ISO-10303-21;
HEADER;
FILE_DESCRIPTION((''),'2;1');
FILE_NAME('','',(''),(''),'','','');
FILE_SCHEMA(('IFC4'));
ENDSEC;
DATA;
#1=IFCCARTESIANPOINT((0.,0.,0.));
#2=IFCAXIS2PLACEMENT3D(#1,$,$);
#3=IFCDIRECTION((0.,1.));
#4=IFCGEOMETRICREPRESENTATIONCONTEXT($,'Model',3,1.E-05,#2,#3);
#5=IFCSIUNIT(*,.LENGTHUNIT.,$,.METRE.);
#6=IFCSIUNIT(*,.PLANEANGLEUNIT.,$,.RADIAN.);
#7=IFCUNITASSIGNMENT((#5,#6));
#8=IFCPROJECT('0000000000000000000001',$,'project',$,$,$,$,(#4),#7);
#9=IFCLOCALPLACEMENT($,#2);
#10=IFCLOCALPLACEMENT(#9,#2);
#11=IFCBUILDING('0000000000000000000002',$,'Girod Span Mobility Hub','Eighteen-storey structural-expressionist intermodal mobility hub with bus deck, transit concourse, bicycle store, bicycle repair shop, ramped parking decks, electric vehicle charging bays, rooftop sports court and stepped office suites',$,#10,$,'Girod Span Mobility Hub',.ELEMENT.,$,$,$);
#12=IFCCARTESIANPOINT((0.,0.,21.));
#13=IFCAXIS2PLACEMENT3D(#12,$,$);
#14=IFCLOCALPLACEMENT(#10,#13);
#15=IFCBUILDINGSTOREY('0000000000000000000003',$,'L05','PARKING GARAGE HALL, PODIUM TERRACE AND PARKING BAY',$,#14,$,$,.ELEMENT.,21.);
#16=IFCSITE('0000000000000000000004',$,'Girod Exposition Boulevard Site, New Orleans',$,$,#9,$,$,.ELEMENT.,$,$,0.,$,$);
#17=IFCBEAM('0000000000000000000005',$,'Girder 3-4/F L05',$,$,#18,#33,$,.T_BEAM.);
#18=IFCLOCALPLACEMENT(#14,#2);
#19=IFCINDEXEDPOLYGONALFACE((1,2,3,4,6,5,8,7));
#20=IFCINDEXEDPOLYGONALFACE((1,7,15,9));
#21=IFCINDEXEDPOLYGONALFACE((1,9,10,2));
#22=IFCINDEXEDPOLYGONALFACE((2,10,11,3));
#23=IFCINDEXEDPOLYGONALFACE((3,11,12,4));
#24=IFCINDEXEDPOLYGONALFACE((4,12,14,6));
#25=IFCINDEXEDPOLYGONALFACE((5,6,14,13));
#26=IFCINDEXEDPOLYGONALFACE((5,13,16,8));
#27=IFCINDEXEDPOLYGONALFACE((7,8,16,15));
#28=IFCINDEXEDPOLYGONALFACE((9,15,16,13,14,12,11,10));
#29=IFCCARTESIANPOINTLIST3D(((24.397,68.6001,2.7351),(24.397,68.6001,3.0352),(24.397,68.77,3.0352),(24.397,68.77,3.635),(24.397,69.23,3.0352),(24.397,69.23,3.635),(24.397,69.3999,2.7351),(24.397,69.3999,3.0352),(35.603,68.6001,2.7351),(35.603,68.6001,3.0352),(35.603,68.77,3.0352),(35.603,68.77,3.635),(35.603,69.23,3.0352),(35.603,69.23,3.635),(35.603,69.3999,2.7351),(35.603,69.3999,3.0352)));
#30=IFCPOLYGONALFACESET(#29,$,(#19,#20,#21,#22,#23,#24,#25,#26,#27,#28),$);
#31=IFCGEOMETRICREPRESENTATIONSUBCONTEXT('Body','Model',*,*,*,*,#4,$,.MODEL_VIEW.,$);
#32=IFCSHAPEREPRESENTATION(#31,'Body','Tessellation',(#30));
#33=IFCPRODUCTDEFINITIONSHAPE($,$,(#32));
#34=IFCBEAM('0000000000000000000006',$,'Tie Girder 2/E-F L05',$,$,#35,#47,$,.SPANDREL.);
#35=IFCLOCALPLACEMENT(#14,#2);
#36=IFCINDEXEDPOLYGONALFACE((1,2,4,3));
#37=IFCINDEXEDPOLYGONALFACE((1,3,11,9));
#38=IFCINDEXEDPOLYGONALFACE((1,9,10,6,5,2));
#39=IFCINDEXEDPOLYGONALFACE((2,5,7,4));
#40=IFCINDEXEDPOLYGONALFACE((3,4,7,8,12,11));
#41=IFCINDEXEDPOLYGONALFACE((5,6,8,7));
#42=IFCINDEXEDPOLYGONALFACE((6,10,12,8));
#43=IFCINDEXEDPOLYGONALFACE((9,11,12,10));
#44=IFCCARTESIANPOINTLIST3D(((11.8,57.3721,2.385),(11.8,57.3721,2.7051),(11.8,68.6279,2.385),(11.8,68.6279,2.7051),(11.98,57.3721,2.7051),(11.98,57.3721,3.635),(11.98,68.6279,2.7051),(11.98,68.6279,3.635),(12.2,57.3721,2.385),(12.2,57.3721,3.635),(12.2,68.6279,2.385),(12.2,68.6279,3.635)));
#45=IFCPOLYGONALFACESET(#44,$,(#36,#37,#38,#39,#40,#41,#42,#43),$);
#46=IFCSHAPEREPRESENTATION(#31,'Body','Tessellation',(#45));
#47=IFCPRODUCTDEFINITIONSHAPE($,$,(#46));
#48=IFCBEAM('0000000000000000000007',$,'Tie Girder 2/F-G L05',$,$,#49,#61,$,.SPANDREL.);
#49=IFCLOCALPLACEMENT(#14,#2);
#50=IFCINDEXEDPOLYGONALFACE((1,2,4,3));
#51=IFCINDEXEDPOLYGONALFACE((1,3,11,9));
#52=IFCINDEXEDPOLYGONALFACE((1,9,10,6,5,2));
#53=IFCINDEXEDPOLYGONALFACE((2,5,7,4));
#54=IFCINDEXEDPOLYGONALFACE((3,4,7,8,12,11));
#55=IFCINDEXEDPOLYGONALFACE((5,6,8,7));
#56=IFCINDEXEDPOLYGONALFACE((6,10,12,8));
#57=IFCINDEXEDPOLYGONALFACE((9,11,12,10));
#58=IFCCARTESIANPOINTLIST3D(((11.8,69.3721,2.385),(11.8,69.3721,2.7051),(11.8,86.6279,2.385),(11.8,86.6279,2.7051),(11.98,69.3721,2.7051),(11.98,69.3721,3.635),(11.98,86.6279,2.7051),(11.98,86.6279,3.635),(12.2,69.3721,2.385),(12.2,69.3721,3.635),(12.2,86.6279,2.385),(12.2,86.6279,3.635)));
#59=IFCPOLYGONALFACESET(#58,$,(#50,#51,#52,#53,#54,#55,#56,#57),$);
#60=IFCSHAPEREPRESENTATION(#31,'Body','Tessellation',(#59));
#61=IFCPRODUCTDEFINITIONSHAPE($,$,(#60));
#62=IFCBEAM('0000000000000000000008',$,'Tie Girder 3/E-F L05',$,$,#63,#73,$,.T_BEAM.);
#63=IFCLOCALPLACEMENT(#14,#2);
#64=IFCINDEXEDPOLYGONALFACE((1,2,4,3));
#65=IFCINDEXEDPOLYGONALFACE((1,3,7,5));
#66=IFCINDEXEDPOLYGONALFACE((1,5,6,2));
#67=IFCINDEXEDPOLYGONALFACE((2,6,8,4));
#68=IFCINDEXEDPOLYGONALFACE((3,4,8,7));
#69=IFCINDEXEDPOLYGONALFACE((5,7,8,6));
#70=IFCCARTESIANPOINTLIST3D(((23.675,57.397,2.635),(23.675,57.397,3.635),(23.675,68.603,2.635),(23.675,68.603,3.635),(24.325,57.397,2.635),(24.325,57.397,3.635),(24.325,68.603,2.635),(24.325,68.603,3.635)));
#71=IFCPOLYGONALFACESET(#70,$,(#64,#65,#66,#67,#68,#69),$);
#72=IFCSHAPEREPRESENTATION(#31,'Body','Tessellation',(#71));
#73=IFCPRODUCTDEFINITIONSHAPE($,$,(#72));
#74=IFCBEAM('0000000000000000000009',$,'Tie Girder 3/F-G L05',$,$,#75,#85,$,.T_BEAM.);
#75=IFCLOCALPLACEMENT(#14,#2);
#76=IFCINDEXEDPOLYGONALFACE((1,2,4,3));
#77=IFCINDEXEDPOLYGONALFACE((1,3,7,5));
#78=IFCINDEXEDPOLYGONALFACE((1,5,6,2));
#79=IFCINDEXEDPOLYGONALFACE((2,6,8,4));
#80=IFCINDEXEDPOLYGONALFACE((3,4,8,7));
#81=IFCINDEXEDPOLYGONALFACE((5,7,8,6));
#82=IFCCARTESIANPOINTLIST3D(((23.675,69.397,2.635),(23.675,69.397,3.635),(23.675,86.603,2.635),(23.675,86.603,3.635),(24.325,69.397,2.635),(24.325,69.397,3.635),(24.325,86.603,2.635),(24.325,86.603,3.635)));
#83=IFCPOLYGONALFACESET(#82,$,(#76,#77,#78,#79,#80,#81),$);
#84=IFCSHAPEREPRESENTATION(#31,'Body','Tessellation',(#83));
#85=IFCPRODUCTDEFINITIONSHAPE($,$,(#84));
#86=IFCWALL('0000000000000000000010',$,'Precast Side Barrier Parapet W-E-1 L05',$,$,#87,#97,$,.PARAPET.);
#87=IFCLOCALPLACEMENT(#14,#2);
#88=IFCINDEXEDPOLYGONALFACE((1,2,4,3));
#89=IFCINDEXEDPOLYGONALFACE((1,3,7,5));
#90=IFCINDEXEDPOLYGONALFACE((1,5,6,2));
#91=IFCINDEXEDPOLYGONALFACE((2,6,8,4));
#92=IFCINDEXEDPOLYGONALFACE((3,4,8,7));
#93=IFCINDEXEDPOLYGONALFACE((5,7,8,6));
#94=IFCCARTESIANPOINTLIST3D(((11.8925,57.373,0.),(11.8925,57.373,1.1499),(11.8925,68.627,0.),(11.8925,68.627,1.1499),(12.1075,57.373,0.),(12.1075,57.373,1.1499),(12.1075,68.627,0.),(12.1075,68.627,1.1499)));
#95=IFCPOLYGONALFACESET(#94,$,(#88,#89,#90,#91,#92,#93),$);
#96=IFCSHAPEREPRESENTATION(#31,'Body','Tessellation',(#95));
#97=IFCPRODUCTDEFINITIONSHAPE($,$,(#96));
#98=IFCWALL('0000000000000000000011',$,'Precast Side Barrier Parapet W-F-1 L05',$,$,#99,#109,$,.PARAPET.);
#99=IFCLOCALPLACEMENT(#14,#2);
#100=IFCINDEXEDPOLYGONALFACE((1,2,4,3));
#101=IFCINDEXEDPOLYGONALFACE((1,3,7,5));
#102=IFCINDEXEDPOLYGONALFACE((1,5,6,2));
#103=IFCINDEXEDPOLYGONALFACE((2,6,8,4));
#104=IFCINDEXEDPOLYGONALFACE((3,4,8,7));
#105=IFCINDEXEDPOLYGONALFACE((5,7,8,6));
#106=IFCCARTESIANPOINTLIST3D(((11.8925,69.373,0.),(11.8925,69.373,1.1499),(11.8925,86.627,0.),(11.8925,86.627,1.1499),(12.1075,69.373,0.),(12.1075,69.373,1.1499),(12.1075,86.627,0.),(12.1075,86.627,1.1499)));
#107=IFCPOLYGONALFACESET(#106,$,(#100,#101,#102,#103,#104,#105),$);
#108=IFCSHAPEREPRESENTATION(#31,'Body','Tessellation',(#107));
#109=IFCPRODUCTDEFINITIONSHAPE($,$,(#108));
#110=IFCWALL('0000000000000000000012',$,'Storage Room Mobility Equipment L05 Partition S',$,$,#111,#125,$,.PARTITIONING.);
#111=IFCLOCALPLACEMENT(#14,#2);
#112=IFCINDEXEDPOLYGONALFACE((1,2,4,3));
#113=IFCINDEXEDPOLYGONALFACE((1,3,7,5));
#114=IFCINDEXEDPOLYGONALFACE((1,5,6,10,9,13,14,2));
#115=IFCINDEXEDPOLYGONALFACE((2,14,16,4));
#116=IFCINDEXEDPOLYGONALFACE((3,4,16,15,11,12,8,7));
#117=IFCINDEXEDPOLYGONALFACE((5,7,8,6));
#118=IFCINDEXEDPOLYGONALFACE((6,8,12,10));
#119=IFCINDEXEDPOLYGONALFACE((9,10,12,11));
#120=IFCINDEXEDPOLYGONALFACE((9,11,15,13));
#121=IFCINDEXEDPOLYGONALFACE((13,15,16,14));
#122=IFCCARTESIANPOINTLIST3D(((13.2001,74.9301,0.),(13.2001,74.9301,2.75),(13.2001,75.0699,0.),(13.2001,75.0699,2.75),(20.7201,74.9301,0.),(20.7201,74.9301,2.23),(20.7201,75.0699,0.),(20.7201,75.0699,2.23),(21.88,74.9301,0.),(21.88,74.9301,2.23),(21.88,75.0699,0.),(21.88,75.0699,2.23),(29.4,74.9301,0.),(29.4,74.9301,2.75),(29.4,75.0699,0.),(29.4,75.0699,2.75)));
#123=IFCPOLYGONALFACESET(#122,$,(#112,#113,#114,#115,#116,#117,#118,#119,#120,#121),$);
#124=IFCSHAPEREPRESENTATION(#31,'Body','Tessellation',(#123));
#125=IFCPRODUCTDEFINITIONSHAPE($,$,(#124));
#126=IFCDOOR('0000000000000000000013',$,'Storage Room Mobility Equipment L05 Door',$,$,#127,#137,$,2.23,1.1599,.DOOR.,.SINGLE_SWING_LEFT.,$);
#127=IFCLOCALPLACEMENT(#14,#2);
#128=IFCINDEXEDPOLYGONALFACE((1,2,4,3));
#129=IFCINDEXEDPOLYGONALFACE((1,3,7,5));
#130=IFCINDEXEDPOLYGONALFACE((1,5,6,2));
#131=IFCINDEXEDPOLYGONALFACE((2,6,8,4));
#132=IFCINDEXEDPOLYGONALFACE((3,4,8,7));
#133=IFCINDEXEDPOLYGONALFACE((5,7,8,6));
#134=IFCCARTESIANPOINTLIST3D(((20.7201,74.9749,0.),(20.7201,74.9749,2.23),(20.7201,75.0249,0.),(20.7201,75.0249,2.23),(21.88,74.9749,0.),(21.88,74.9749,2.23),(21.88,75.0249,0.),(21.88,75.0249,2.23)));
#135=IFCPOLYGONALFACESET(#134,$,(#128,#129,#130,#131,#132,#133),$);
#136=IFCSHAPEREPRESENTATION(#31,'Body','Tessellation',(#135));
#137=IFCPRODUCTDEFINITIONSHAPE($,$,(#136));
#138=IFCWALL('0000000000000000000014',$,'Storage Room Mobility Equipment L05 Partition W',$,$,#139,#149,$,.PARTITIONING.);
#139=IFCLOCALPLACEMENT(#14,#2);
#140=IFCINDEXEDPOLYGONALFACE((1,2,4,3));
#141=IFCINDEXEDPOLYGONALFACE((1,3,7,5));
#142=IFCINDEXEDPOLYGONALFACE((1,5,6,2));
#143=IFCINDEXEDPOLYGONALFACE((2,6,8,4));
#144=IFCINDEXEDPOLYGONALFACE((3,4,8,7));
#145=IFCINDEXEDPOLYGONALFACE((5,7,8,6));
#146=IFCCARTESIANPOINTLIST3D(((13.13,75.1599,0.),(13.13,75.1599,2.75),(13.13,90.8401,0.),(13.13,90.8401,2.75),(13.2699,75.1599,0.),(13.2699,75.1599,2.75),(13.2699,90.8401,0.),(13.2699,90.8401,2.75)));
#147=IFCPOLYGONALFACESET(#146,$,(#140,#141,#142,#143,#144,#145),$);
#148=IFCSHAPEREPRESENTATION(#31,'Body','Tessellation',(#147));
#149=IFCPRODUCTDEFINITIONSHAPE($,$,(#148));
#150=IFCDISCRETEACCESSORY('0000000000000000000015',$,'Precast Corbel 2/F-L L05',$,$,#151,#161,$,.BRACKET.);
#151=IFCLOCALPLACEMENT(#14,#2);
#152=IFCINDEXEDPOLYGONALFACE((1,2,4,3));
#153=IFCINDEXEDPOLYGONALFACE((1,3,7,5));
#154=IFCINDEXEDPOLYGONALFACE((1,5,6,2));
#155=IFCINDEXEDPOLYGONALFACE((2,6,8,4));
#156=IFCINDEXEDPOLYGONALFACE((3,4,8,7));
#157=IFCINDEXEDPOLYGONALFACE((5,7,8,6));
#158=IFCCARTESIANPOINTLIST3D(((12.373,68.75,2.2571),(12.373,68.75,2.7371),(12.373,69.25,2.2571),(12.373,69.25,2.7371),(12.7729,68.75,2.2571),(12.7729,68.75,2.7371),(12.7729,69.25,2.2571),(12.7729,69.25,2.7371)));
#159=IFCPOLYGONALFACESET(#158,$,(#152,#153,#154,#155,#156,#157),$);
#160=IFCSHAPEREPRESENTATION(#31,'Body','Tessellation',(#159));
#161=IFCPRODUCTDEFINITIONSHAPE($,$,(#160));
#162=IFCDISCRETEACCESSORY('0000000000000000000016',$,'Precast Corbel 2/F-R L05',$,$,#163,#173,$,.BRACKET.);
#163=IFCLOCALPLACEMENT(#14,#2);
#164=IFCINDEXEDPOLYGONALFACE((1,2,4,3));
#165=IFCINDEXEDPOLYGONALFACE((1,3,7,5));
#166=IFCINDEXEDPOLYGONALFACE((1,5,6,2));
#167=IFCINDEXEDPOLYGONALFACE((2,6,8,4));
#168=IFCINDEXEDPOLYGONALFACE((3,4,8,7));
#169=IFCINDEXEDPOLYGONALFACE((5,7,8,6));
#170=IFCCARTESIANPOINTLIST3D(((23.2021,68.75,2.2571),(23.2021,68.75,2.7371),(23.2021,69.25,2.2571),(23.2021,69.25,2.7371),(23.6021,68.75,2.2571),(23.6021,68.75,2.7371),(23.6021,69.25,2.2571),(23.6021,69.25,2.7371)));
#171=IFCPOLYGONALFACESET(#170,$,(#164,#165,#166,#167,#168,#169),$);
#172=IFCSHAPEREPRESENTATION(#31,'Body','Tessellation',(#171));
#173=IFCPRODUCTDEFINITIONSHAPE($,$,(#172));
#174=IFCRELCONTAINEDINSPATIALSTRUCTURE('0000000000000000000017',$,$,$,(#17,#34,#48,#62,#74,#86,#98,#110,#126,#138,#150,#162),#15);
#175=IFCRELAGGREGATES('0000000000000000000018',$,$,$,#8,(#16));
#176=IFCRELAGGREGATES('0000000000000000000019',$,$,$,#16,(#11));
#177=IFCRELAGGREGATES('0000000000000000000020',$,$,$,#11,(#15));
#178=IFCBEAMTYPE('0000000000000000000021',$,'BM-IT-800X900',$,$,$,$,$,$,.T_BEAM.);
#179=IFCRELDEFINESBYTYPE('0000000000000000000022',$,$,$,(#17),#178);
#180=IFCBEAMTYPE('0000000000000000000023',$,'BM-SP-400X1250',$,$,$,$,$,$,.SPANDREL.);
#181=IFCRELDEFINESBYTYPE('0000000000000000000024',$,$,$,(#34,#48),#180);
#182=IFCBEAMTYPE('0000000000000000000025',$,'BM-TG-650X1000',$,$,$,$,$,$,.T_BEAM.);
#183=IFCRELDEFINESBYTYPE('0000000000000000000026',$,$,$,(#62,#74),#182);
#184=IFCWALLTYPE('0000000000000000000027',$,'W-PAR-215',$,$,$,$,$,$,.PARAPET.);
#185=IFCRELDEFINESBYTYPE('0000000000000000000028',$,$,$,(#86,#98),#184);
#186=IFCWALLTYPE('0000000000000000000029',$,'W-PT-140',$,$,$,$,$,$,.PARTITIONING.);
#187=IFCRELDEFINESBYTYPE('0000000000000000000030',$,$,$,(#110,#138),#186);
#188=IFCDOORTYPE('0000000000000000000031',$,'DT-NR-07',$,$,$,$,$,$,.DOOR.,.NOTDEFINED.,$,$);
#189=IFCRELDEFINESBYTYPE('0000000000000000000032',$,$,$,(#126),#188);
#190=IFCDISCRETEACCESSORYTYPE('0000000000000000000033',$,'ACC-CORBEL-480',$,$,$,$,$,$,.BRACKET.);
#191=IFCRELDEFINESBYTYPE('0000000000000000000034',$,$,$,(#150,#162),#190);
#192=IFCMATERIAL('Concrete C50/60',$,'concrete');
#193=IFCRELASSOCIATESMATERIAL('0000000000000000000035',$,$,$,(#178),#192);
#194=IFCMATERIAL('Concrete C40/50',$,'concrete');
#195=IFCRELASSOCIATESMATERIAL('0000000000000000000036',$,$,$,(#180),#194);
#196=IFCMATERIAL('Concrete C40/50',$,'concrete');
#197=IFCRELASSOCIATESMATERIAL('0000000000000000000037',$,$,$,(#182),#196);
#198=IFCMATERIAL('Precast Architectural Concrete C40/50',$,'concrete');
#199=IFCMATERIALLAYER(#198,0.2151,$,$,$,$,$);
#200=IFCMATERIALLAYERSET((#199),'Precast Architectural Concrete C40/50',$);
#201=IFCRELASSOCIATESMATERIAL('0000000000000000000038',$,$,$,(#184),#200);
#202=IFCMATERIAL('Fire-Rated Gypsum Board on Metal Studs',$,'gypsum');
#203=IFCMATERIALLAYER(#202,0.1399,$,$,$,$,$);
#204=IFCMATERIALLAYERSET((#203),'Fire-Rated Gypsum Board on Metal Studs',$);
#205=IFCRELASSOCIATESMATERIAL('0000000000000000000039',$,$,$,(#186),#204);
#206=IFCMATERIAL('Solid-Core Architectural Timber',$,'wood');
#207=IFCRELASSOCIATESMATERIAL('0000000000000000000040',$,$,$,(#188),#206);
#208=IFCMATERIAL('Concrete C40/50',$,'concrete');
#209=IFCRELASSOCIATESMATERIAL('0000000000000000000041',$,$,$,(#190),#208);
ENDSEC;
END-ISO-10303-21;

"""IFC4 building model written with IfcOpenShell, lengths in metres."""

from ifc_helpers import new_model, si_unit, direction, frame, frame_2d, origin, origin_2d, place, context, subcontext, project, spatial, polyline, rectangle, outline, extrude, material, layer, layer_set, material_profile, profile_set, type_object, element, fill, save


model = new_model("IFC4")

# Units and contexts
model_context = context("Model", 3, precision=1e-05, world=origin(), true_north=direction((0.0, 1.0)))
body_context = subcontext(model_context, "Body", "Model", "MODEL_VIEW")
ifc_project = project(units=[si_unit("LENGTHUNIT", "METRE"), si_unit("PLANEANGLEUNIT", "RADIAN")], contexts=[model_context])

# Site, building, storey
site_placement = place(None, origin())
site = spatial("IfcSite", under=ifc_project, at=site_placement, Name="Girod Exposition Boulevard Site, New Orleans", CompositionType="ELEMENT", RefElevation=0.0)
building_placement = place(site_placement, origin())
building = spatial("IfcBuilding", under=site, at=building_placement, Name="Girod Span Mobility Hub", Description="Eighteen-storey structural-expressionist intermodal mobility hub with bus deck, transit concourse, bicycle store, bicycle repair shop, ramped parking decks, electric vehicle charging bays, rooftop sports court and stepped office suites", LongName="Girod Span Mobility Hub", CompositionType="ELEMENT")
storey_placement = place(building_placement, frame((0.0, 0.0, 21.0)))
storey = spatial("IfcBuildingStorey", under=building, at=storey_placement, Name="L05", Description="PARKING GARAGE HALL, PODIUM TERRACE AND PARKING BAY", CompositionType="ELEMENT", Elevation=21.0)

# Beams
ifc_material_1 = material(Name="Concrete C50/60", Category="concrete")
ifc_material_profile_1 = material_profile(ifc_material_1, outline(polyline([(-0.3999, -0.45), (0.3999, -0.45), (0.3999, -0.1499), (0.23, -0.1499), (0.23, 0.45), (-0.23, 0.45), (-0.23, -0.1499), (-0.3999, -0.1499), (-0.3999, -0.45)])), Name="IT-800X900")
ifc_profile_set_1 = profile_set([ifc_material_profile_1], Name="Concrete C50/60")
beam_type_1 = type_object("IfcBeamType", Name="BM-IT-800X900", PredefinedType="T_BEAM", material=ifc_profile_set_1)
beam_1_placement = place(storey_placement, frame((24.397, 69.0, 3.1851), z_axis=(1.0, 0.0, 0.0), x_axis=(0.0, 1.0, 0.0)))
element("IfcBeam", 1, at=beam_1_placement, inside=storey, type_object=beam_type_1, Name="Girder 3-4/F L05", PredefinedType="T_BEAM", context=body_context, shape_type="SweptSolid", body=[
    extrude(outline(polyline([(-0.3999, -0.45), (0.3999, -0.45), (0.3999, -0.1499), (0.23, -0.1499), (0.23, 0.45), (-0.23, 0.45), (-0.23, -0.1499), (-0.3999, -0.1499), (-0.3999, -0.45)])), origin(), (0.0, 0.0, 1.0), 11.2061),
])
ifc_material_2 = material(Name="Concrete C40/50", Category="concrete")
ifc_material_profile_2 = material_profile(ifc_material_2, outline(polyline([(-0.2, -0.625), (0.2, -0.625), (0.2, -0.3049), (0.02, -0.3049), (0.02, 0.625), (-0.2, 0.625), (-0.2, -0.625)])), Name="SP-400X1250")
ifc_profile_set_2 = profile_set([ifc_material_profile_2], Name="Concrete C40/50")
beam_type_2 = type_object("IfcBeamType", Name="BM-SP-400X1250", PredefinedType="SPANDREL", material=ifc_profile_set_2)
beam_2_placement = place(storey_placement, frame((12.0, 57.3721, 3.01), z_axis=(0.0, 1.0, 0.0), x_axis=(-1.0, 0.0, 0.0)))
element("IfcBeam", 2, at=beam_2_placement, inside=storey, type_object=beam_type_2, Name="Tie Girder 2/E-F L05", PredefinedType="SPANDREL", context=body_context, shape_type="SweptSolid", body=[
    extrude(outline(polyline([(-0.2, -0.625), (0.2, -0.625), (0.2, -0.3049), (0.02, -0.3049), (0.02, 0.625), (-0.2, 0.625), (-0.2, -0.625)])), origin(), (0.0, 0.0, 1.0), 11.2559),
])
beam_3_placement = place(storey_placement, frame((12.0, 69.3721, 3.01), z_axis=(0.0, 1.0, 0.0), x_axis=(-1.0, 0.0, 0.0)))
element("IfcBeam", 3, at=beam_3_placement, inside=storey, type_object=beam_type_2, Name="Tie Girder 2/F-G L05", PredefinedType="SPANDREL", context=body_context, shape_type="SweptSolid", body=[
    extrude(outline(polyline([(-0.2, -0.625), (0.2, -0.625), (0.2, -0.3049), (0.02, -0.3049), (0.02, 0.625), (-0.2, 0.625), (-0.2, -0.625)])), origin(), (0.0, 0.0, 1.0), 17.2559),
])
ifc_material_3 = material(Name="Concrete C40/50", Category="concrete")
ifc_material_profile_3 = material_profile(ifc_material_3, rectangle(XDim=0.6499, YDim=1.0, at=origin_2d()), Name="TG-650X1000")
ifc_profile_set_3 = profile_set([ifc_material_profile_3], Name="Concrete C40/50")
beam_type_3 = type_object("IfcBeamType", Name="BM-TG-650X1000", PredefinedType="T_BEAM", material=ifc_profile_set_3)
beam_4_placement = place(storey_placement, frame((24.0, 57.397, 3.135), z_axis=(0.0, 1.0, 0.0), x_axis=(-1.0, 0.0, 0.0)))
element("IfcBeam", 4, at=beam_4_placement, inside=storey, type_object=beam_type_3, Name="Tie Girder 3/E-F L05", PredefinedType="T_BEAM", context=body_context, shape_type="SweptSolid", body=[
    extrude(rectangle(XDim=0.6499, YDim=1.0, at=origin_2d()), origin(), (0.0, 0.0, 1.0), 11.2061),
])
beam_5_placement = place(storey_placement, frame((24.0, 69.397, 3.135), z_axis=(0.0, 1.0, 0.0), x_axis=(-1.0, 0.0, 0.0)))
element("IfcBeam", 5, at=beam_5_placement, inside=storey, type_object=beam_type_3, Name="Tie Girder 3/F-G L05", PredefinedType="T_BEAM", context=body_context, shape_type="SweptSolid", body=[
    extrude(rectangle(XDim=0.6499, YDim=1.0, at=origin_2d()), origin(), (0.0, 0.0, 1.0), 17.2061),
])

# Walls
ifc_material_4 = material(Name="Precast Architectural Concrete C40/50", Category="concrete")
ifc_layer_1 = layer(ifc_material_4, 0.2151)
ifc_layer_set_1 = layer_set([ifc_layer_1], Name="Precast Architectural Concrete C40/50")
wall_type_1 = type_object("IfcWallType", Name="W-PAR-215", PredefinedType="PARAPET", material=ifc_layer_set_1)
wall_1_placement = place(storey_placement, frame((12.0, 57.373, 0.0), z_axis=(0.0, 0.0, 1.0), x_axis=(0.0, 1.0, 0.0)))
element("IfcWall", 6, at=wall_1_placement, inside=storey, type_object=wall_type_1, Name="Precast Side Barrier Parapet W-E-1 L05", PredefinedType="PARAPET", context=body_context, shape_type="SweptSolid", body=[
    extrude(rectangle(XDim=11.2539, YDim=0.2151, at=frame_2d((5.627, 0.0))), origin(), (0.0, 0.0, 1.0), 1.1499),
])
wall_2_placement = place(storey_placement, frame((12.0, 69.373, 0.0), z_axis=(0.0, 0.0, 1.0), x_axis=(0.0, 1.0, 0.0)))
element("IfcWall", 7, at=wall_2_placement, inside=storey, type_object=wall_type_1, Name="Precast Side Barrier Parapet W-F-1 L05", PredefinedType="PARAPET", context=body_context, shape_type="SweptSolid", body=[
    extrude(rectangle(XDim=17.2539, YDim=0.2151, at=frame_2d((8.627, 0.0))), origin(), (0.0, 0.0, 1.0), 1.1499),
])

# Wall, opening, door
ifc_material_5 = material(Name="Fire-Rated Gypsum Board on Metal Studs", Category="gypsum")
ifc_layer_2 = layer(ifc_material_5, 0.1399)
ifc_layer_set_2 = layer_set([ifc_layer_2], Name="Fire-Rated Gypsum Board on Metal Studs")
wall_type_2 = type_object("IfcWallType", Name="W-PT-140", PredefinedType="PARTITIONING", material=ifc_layer_set_2)
wall_3_placement = place(storey_placement, frame((13.2, 75.0, 0.0), z_axis=(0.0, 0.0, 1.0), x_axis=(1.0, 0.0, 0.0)))
wall_3 = element("IfcWall", 8, at=wall_3_placement, inside=storey, type_object=wall_type_2, Name="Storage Room Mobility Equipment L05 Partition S", PredefinedType="PARTITIONING", context=body_context, shape_type="SweptSolid", body=[
    extrude(rectangle(XDim=16.2, YDim=0.1399, at=frame_2d((8.1001, 0.0))), origin(), (0.0, 0.0, 1.0), 2.75),
])
opening_placement = place(wall_3_placement, frame((7.52, 0.0, 0.0)))
opening = element("IfcOpeningElement", 9, at=opening_placement, cuts=wall_3, PredefinedType="OPENING", context=body_context, shape_type="SweptSolid", body=[
    extrude(rectangle(XDim=1.1599, YDim=2.23, at=frame_2d((0.5801, 1.115))), frame((0.0, 0.085, 0.0), z_axis=(0.0, -1.0, 0.0), x_axis=(1.0, 0.0, 0.0)), (0.0, 0.0, 1.0), 0.1699),
])
ifc_material_6 = material(Name="Solid-Core Architectural Timber", Category="wood")
door_type = type_object("IfcDoorType", Name="DT-NR-07", OperationType="NOTDEFINED", PredefinedType="DOOR", material=ifc_material_6)
door_placement = place(opening_placement, origin())
door = element("IfcDoor", 10, at=door_placement, inside=storey, type_object=door_type, Name="Storage Room Mobility Equipment L05 Door", OperationType="SINGLE_SWING_LEFT", OverallHeight=2.23, OverallWidth=1.1599, PredefinedType="DOOR", context=body_context, shape_type="SweptSolid", body=[
    extrude(rectangle(XDim=1.1599, YDim=2.23, at=frame_2d((0.5801, 1.115))), frame((0.0, 0.0249, 0.0), z_axis=(0.0, -1.0, 0.0), x_axis=(1.0, 0.0, 0.0)), (0.0, 0.0, 1.0), 0.05),
])
fill(opening, door)

# Wall
wall_4_placement = place(storey_placement, frame((13.2, 75.1599, 0.0), z_axis=(0.0, 0.0, 1.0), x_axis=(0.0, 1.0, 0.0)))
element("IfcWall", 11, at=wall_4_placement, inside=storey, type_object=wall_type_2, Name="Storage Room Mobility Equipment L05 Partition W", PredefinedType="PARTITIONING", context=body_context, shape_type="SweptSolid", body=[
    extrude(rectangle(XDim=15.6802, YDim=0.1399, at=frame_2d((7.8401, 0.0))), origin(), (0.0, 0.0, 1.0), 2.75),
])

# Discrete accessories
ifc_material_7 = material(Name="Concrete C40/50", Category="concrete")
discrete_accessory_type = type_object("IfcDiscreteAccessoryType", Name="ACC-CORBEL-480", PredefinedType="BRACKET", material=ifc_material_7)
for number, where, z_axis, x_axis, name in (
    (12, (12.573, 69.0, 2.2571), (0.0, 0.0, 1.0), (1.0, 0.0, 0.0), "Precast Corbel 2/F-L L05"),
    (13, (23.4021, 69.0, 2.2571), (0.0, 0.0, 1.0), (1.0, 0.0, 0.0), "Precast Corbel 2/F-R L05"),
):
    element("IfcDiscreteAccessory", number, at=place(storey_placement, frame(where, z_axis=z_axis, x_axis=x_axis)), inside=storey, type_object=discrete_accessory_type, Name=name, PredefinedType="BRACKET", context=body_context, shape_type="SweptSolid", body=[
        extrude(rectangle(XDim=0.3999, YDim=0.5, at=origin_2d()), origin(), (0.0, 0.0, 1.0), 0.48),
    ])

save(model, "model.ifc")
